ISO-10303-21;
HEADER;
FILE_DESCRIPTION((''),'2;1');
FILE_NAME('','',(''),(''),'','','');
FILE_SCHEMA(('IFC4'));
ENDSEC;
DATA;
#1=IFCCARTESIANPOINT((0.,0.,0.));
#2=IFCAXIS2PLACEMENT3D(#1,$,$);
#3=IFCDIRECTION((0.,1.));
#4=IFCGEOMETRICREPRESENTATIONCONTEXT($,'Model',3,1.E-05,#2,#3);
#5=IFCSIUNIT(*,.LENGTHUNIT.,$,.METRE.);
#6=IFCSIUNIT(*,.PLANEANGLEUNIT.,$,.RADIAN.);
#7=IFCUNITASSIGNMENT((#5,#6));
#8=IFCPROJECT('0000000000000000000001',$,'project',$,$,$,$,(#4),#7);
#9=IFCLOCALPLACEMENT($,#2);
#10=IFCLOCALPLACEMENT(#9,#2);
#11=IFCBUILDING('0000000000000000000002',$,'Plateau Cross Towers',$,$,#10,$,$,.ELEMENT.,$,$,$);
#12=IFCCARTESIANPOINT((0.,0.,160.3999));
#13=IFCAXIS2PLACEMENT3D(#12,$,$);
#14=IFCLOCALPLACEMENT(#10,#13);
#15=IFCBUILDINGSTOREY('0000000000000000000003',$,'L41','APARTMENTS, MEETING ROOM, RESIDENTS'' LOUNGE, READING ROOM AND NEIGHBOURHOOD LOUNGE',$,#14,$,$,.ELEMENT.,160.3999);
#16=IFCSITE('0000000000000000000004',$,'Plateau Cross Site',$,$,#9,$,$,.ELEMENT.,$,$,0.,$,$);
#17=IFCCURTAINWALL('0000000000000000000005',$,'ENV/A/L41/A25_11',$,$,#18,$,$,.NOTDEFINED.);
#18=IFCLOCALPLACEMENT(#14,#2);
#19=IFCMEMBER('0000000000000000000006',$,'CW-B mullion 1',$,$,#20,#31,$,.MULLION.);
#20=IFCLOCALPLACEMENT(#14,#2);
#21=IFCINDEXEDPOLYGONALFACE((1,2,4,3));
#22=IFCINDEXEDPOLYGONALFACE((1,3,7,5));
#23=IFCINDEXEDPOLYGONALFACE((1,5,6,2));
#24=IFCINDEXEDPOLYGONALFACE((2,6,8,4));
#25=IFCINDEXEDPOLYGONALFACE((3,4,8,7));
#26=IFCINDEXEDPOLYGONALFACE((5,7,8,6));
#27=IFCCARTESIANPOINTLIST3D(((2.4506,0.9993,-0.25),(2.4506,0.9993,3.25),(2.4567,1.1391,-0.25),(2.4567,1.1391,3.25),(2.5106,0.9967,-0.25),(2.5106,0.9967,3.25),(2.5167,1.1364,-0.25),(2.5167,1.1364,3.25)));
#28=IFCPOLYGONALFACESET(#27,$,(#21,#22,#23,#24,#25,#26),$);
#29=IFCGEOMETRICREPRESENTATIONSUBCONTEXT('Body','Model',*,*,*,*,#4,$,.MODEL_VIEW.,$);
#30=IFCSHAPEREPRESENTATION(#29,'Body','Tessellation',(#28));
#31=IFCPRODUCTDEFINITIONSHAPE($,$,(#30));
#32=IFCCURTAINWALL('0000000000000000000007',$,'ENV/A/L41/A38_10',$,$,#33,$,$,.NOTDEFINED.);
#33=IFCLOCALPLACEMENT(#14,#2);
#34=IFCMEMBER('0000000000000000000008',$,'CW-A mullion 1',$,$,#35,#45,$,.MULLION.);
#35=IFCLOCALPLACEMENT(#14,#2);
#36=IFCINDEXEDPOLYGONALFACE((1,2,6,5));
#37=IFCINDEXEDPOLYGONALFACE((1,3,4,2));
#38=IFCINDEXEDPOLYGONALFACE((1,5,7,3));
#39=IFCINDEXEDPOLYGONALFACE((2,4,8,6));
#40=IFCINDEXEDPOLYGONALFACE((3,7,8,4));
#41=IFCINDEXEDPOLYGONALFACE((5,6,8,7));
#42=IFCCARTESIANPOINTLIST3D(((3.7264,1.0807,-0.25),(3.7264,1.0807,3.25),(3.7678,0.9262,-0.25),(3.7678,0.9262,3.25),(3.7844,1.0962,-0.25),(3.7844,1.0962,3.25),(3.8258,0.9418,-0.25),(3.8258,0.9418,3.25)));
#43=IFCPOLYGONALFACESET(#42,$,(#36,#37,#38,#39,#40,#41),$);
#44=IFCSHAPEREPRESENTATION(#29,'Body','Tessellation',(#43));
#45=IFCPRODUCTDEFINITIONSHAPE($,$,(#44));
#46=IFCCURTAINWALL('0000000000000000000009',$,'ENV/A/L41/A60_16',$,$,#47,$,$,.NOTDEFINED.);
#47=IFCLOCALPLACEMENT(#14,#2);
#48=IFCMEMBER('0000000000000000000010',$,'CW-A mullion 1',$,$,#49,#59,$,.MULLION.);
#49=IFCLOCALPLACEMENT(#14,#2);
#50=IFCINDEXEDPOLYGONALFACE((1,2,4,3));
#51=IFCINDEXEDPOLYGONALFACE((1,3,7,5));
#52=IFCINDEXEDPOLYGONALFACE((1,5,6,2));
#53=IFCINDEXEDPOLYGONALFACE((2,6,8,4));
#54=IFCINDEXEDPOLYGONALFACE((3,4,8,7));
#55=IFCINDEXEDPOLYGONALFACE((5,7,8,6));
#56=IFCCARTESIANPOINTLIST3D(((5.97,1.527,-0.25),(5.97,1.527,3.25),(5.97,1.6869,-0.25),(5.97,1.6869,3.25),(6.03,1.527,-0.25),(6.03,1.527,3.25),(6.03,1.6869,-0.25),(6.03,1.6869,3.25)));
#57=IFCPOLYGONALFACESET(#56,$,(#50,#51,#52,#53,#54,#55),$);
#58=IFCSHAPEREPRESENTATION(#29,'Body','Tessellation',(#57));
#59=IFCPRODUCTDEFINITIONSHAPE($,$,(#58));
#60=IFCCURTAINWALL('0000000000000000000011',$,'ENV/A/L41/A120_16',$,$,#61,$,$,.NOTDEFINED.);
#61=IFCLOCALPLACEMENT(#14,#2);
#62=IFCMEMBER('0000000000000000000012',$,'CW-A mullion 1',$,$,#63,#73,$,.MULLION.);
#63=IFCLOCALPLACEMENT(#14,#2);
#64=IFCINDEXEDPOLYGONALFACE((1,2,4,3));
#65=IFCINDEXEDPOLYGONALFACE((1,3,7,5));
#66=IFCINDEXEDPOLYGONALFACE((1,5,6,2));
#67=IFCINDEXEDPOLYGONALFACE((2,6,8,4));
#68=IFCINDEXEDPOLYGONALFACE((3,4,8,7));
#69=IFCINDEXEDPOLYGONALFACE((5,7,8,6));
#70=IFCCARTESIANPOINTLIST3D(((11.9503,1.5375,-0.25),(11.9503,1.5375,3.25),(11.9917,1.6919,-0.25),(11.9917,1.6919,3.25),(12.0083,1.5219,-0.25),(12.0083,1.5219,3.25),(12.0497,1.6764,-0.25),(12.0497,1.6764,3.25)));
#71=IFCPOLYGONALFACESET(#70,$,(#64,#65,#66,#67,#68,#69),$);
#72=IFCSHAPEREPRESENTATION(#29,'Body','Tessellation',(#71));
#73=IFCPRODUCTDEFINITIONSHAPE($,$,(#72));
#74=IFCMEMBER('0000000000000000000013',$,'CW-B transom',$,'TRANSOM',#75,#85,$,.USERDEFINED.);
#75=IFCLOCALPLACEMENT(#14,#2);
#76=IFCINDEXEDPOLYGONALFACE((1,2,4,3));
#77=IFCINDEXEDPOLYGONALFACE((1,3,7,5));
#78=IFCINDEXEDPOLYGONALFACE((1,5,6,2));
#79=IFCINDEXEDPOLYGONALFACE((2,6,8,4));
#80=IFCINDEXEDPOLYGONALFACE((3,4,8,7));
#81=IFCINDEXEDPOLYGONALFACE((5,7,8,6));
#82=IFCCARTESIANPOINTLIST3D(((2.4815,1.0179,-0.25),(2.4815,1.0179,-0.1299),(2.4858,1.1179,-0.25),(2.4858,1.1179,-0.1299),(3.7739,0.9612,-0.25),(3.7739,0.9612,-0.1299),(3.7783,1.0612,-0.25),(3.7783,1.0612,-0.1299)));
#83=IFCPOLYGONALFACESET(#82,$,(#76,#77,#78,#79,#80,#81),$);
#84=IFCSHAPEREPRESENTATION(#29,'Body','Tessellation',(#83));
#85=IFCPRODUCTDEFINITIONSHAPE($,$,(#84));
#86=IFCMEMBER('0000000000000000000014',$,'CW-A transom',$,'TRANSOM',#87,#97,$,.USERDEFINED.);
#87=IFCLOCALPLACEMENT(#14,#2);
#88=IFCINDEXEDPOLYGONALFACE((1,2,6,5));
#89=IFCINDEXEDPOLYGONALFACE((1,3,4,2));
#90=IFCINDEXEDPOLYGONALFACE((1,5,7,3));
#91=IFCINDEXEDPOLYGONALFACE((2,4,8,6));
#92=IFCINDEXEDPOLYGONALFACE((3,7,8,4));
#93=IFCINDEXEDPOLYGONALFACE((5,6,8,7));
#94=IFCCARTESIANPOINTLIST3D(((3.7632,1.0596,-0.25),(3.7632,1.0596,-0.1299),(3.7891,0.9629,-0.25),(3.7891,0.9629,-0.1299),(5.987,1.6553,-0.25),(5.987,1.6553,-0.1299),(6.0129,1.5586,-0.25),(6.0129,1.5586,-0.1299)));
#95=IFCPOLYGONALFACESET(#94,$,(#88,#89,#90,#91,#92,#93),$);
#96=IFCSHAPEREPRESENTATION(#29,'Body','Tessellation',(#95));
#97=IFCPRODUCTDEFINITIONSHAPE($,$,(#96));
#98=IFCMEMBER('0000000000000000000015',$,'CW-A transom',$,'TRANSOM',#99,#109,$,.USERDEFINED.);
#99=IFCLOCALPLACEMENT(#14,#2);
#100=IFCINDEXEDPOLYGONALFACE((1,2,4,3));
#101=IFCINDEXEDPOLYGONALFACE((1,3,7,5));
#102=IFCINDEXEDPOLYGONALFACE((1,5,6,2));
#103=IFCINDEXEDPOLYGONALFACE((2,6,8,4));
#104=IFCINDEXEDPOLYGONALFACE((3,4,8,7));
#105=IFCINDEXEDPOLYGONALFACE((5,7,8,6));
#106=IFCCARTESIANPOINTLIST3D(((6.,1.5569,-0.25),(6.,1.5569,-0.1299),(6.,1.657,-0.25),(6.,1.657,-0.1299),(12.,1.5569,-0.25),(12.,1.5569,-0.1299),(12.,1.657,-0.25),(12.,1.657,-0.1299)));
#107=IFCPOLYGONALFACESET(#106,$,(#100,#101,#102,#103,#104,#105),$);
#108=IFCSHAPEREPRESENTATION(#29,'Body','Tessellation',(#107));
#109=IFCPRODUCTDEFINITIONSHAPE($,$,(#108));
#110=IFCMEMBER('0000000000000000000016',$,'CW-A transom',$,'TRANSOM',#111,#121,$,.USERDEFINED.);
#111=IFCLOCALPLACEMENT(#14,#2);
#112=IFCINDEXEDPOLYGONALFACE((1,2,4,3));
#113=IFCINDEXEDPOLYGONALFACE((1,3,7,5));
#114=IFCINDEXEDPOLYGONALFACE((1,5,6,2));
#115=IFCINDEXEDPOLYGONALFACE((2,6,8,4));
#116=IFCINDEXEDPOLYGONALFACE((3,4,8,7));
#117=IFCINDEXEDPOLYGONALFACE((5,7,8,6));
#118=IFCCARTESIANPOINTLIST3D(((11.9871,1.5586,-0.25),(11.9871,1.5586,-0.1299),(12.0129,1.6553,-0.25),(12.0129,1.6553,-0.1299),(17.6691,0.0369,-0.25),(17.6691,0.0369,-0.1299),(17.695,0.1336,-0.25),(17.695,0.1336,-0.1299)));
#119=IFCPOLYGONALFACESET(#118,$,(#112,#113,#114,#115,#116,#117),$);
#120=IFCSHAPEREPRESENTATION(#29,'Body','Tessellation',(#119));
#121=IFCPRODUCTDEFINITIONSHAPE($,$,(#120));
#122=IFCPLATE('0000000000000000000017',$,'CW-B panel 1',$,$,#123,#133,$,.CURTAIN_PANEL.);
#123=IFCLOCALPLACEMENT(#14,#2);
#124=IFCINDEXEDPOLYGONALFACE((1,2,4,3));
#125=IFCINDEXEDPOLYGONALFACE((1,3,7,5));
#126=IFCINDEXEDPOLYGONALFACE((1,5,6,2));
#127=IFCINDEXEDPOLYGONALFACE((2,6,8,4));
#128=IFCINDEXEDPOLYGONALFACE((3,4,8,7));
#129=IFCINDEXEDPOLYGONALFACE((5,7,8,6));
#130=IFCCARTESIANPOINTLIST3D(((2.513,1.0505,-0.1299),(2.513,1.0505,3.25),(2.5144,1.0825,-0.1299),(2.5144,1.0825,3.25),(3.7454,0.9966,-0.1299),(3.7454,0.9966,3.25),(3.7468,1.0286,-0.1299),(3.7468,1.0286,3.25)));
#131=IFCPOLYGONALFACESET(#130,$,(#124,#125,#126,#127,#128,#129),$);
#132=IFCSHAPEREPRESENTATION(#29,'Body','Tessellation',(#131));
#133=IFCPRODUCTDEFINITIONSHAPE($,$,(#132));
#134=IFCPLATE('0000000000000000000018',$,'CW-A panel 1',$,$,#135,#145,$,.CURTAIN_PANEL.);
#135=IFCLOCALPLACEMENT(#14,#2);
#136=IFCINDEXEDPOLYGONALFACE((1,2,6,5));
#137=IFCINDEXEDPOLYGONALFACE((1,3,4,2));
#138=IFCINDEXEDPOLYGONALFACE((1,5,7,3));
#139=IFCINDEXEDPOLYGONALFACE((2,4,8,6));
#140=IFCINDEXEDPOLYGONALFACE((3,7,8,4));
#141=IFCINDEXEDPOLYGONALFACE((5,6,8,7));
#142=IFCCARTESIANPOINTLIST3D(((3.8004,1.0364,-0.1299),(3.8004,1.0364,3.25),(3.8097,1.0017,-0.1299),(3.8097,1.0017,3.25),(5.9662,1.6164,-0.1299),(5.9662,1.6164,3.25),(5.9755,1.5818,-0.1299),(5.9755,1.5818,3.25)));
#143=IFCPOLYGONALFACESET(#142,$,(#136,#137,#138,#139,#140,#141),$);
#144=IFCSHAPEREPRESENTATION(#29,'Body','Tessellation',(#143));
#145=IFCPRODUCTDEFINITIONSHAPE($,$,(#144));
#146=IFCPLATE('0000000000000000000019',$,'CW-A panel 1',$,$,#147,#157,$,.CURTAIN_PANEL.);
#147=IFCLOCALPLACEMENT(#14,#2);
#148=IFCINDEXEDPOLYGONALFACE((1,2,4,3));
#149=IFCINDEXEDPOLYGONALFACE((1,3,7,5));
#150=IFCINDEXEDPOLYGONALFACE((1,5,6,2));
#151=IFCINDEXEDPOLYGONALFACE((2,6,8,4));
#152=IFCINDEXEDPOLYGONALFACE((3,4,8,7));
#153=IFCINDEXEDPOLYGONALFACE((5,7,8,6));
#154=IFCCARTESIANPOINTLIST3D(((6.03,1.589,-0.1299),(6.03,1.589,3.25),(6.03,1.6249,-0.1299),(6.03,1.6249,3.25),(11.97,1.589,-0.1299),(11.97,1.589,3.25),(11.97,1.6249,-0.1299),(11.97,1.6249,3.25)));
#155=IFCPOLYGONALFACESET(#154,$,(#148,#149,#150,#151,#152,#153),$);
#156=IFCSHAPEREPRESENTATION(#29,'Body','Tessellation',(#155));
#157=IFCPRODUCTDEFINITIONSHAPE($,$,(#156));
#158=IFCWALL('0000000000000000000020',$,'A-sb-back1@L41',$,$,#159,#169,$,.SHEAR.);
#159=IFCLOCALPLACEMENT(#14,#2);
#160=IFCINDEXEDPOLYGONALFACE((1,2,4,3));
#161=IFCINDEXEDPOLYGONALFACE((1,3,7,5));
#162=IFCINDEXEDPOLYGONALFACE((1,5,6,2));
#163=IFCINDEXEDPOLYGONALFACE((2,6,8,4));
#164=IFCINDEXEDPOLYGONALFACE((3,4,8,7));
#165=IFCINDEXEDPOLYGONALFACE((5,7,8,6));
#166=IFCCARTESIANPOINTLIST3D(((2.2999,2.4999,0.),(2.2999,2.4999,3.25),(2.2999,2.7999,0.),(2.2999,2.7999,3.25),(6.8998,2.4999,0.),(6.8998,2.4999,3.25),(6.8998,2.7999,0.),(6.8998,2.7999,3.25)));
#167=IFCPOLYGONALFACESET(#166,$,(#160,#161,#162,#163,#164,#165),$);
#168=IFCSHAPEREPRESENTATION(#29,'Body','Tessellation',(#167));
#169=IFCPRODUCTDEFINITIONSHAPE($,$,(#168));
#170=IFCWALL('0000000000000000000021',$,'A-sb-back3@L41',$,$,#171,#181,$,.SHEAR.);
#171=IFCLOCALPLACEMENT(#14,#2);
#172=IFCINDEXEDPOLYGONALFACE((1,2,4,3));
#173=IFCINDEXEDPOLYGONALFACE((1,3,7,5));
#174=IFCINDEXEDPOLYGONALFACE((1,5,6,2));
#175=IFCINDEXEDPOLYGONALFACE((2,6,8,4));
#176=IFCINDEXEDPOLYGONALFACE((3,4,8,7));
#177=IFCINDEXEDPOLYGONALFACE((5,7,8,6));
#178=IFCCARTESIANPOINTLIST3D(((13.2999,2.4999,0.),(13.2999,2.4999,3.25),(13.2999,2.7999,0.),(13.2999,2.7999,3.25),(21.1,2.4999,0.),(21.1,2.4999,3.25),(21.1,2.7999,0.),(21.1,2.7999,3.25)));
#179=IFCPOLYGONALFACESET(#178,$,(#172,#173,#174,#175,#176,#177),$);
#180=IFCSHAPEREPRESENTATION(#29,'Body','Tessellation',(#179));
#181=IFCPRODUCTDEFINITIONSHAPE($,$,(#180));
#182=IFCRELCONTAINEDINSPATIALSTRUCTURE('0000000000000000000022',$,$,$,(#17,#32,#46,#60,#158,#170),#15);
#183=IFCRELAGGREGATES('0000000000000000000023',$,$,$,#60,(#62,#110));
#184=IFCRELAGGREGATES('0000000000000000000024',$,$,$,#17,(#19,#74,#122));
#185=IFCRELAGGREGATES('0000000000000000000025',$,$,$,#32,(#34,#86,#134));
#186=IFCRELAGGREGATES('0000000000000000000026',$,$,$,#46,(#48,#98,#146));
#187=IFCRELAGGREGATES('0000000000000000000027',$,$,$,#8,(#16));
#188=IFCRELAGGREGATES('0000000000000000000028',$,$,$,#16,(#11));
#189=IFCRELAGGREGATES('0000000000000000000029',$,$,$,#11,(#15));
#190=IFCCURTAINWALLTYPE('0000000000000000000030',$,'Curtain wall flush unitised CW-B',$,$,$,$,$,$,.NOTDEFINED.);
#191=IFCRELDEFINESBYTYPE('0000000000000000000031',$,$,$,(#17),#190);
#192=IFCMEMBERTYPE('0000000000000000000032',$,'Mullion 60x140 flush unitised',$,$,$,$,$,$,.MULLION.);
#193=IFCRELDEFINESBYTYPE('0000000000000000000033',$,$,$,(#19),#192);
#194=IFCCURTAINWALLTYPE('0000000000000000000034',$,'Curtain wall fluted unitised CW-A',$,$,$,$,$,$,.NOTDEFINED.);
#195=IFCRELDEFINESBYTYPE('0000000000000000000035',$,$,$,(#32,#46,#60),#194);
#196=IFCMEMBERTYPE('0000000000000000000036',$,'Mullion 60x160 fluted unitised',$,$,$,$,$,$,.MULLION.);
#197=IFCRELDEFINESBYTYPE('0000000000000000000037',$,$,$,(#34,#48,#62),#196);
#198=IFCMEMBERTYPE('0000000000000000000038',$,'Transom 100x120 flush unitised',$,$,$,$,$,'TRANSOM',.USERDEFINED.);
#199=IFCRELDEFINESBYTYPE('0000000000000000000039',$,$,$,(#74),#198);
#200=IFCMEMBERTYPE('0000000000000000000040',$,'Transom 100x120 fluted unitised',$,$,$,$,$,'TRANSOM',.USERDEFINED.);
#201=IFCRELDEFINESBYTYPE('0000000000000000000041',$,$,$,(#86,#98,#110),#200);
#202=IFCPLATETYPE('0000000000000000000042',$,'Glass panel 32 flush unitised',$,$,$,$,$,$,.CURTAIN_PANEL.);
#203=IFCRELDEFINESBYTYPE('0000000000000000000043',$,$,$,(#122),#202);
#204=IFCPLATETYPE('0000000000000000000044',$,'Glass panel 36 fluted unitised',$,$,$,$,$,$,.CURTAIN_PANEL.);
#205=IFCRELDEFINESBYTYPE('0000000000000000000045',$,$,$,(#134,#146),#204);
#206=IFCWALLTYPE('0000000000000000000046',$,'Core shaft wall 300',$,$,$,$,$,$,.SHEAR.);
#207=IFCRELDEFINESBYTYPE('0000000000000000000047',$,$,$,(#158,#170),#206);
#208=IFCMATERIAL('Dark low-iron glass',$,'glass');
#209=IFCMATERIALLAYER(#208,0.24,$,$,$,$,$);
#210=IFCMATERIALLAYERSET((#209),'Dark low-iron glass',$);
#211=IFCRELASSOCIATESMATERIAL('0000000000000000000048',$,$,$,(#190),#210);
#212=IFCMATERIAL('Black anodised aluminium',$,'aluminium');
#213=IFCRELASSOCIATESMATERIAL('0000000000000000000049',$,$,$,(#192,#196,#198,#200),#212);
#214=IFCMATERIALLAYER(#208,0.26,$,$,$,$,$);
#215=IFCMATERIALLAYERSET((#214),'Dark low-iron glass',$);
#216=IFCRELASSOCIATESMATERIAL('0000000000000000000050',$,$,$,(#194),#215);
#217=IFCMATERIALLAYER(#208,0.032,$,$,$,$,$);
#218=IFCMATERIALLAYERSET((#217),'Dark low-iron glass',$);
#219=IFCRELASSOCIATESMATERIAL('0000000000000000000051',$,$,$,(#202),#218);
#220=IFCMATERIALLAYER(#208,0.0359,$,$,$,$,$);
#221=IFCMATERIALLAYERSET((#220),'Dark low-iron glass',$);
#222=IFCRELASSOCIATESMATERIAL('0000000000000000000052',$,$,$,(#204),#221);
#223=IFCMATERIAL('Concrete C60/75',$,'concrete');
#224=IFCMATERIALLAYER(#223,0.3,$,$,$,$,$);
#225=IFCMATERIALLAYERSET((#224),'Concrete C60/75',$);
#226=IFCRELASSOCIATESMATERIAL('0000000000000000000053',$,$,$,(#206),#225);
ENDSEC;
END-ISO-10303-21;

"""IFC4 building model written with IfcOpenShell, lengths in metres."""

from ifc_helpers import new_model, si_unit, direction, frame, frame_2d, origin, origin_2d, place, context, subcontext, project, spatial, rectangle, extrude, material, layer, layer_set, material_profile, profile_set, type_object, element, aggregate, save


model = new_model("IFC4")

# Units and contexts
model_context = context("Model", 3, precision=1e-05, world=origin(), true_north=direction((0.0, 1.0)))
body_context = subcontext(model_context, "Body", "Model", "MODEL_VIEW")
ifc_project = project(units=[si_unit("LENGTHUNIT", "METRE"), si_unit("PLANEANGLEUNIT", "RADIAN")], contexts=[model_context])

# Site, building, storey
site_placement = place(None, origin())
site = spatial("IfcSite", under=ifc_project, at=site_placement, Name="Plateau Cross Site", CompositionType="ELEMENT", RefElevation=0.0)
building_placement = place(site_placement, origin())
building = spatial("IfcBuilding", under=site, at=building_placement, Name="Plateau Cross Towers", CompositionType="ELEMENT")
storey_placement = place(building_placement, frame((0.0, 0.0, 160.3999)))
storey = spatial("IfcBuildingStorey", under=building, at=storey_placement, Name="L41", Description="APARTMENTS, MEETING ROOM, RESIDENTS' LOUNGE, READING ROOM AND NEIGHBOURHOOD LOUNGE", CompositionType="ELEMENT", Elevation=160.3999)

# Curtain walls, members
ifc_material_1 = material(Name="Dark low-iron glass", Category="glass")
ifc_layer_1 = layer(ifc_material_1, 0.24)
ifc_layer_set_1 = layer_set([ifc_layer_1], Name="Dark low-iron glass")
curtain_wall_type_1 = type_object("IfcCurtainWallType", Name="Curtain wall flush unitised CW-B", PredefinedType="NOTDEFINED", material=ifc_layer_set_1)
curtain_wall_1_placement = place(storey_placement, origin())
curtain_wall_1 = element("IfcCurtainWall", 1, at=curtain_wall_1_placement, inside=storey, type_object=curtain_wall_type_1, Name="ENV/A/L41/A25_11", PredefinedType="NOTDEFINED")
ifc_material_2 = material(Name="Black anodised aluminium", Category="aluminium")
ifc_material_profile_1 = material_profile(ifc_material_2, rectangle(XDim=0.0601, YDim=0.1399, at=origin_2d()), Name="MULLION 60x140")
ifc_profile_set_1 = profile_set([ifc_material_profile_1], Name="Black anodised aluminium")
member_type_1 = type_object("IfcMemberType", Name="Mullion 60x140 flush unitised", PredefinedType="MULLION", material=ifc_profile_set_1)
member_1_placement = place(storey_placement, frame((2.4836, 1.0679, -0.25), z_axis=(0.0, 0.0, 1.0), x_axis=(0.999044, -0.043723, 0.0)))
member_1 = element("IfcMember", 2, at=member_1_placement, type_object=member_type_1, Name="CW-B mullion 1", PredefinedType="MULLION", context=body_context, shape_type="SweptSolid", body=[
    extrude(rectangle(XDim=0.0601, YDim=0.1399, at=origin_2d()), origin(), (0.0, 0.0, 1.0), 3.5),
])
ifc_layer_2 = layer(ifc_material_1, 0.26)
ifc_layer_set_2 = layer_set([ifc_layer_2], Name="Dark low-iron glass")
curtain_wall_type_2 = type_object("IfcCurtainWallType", Name="Curtain wall fluted unitised CW-A", PredefinedType="NOTDEFINED", material=ifc_layer_set_2)
curtain_wall_2_placement = place(storey_placement, origin())
curtain_wall_2 = element("IfcCurtainWall", 3, at=curtain_wall_2_placement, inside=storey, type_object=curtain_wall_type_2, Name="ENV/A/L41/A38_10", PredefinedType="NOTDEFINED")
ifc_material_profile_2 = material_profile(ifc_material_2, rectangle(XDim=0.0601, YDim=0.1599, at=origin_2d()), Name="MULLION 60x160")
ifc_profile_set_2 = profile_set([ifc_material_profile_2], Name="Black anodised aluminium")
member_type_2 = type_object("IfcMemberType", Name="Mullion 60x160 fluted unitised", PredefinedType="MULLION", material=ifc_profile_set_2)
member_2_placement = place(storey_placement, frame((3.7761, 1.0112, -0.25), z_axis=(0.0, 0.0, 1.0), x_axis=(0.965958, 0.258699, 0.0)))
member_2 = element("IfcMember", 4, at=member_2_placement, type_object=member_type_2, Name="CW-A mullion 1", PredefinedType="MULLION", context=body_context, shape_type="SweptSolid", body=[
    extrude(rectangle(XDim=0.0601, YDim=0.1599, at=origin_2d()), origin(), (0.0, 0.0, 1.0), 3.5),
])
curtain_wall_3_placement = place(storey_placement, origin())
curtain_wall_3 = element("IfcCurtainWall", 5, at=curtain_wall_3_placement, inside=storey, type_object=curtain_wall_type_2, Name="ENV/A/L41/A60_16", PredefinedType="NOTDEFINED")
member_3_placement = place(storey_placement, frame((6.0, 1.6069, -0.25), z_axis=(0.0, 0.0, 1.0), x_axis=(1.0, 0.0, 0.0)))
member_3 = element("IfcMember", 6, at=member_3_placement, type_object=member_type_2, Name="CW-A mullion 1", PredefinedType="MULLION", context=body_context, shape_type="SweptSolid", body=[
    extrude(rectangle(XDim=0.0601, YDim=0.1599, at=origin_2d()), origin(), (0.0, 0.0, 1.0), 3.5),
])
curtain_wall_4_placement = place(storey_placement, origin())
curtain_wall_4 = element("IfcCurtainWall", 7, at=curtain_wall_4_placement, inside=storey, type_object=curtain_wall_type_2, Name="ENV/A/L41/A120_16", PredefinedType="NOTDEFINED")
member_4_placement = place(storey_placement, frame((12.0, 1.6069, -0.25), z_axis=(0.0, 0.0, 1.0), x_axis=(0.965958, -0.258699, 0.0)))
member_4 = element("IfcMember", 8, at=member_4_placement, type_object=member_type_2, Name="CW-A mullion 1", PredefinedType="MULLION", context=body_context, shape_type="SweptSolid", body=[
    extrude(rectangle(XDim=0.0601, YDim=0.1599, at=origin_2d()), origin(), (0.0, 0.0, 1.0), 3.5),
])

# Members
ifc_material_profile_3 = material_profile(ifc_material_2, rectangle(XDim=0.1001, YDim=0.1201, at=origin_2d()), Name="TRANSOM 100x120")
ifc_profile_set_3 = profile_set([ifc_material_profile_3], Name="Black anodised aluminium")
member_type_3 = type_object("IfcMemberType", Name="Transom 100x120 flush unitised", ElementType="TRANSOM", PredefinedType="USERDEFINED", material=ifc_profile_set_3)
member_5_placement = place(storey_placement, frame((2.4836, 1.0679, -0.1899), z_axis=(0.999041, -0.043781, 0.0), x_axis=(0.043781, 0.999041, 0.0)))
member_5 = element("IfcMember", 9, at=member_5_placement, type_object=member_type_3, Name="CW-B transom", ObjectType="TRANSOM", PredefinedType="USERDEFINED", context=body_context, shape_type="SweptSolid", body=[
    extrude(rectangle(XDim=0.1001, YDim=0.1201, at=origin_2d()), origin(), (0.0, 0.0, 1.0), 1.2937),
])
ifc_material_profile_4 = material_profile(ifc_material_2, rectangle(XDim=0.1001, YDim=0.1201, at=origin_2d()), Name="TRANSOM 100x120")
ifc_profile_set_4 = profile_set([ifc_material_profile_4], Name="Black anodised aluminium")
member_type_4 = type_object("IfcMemberType", Name="Transom 100x120 fluted unitised", ElementType="TRANSOM", PredefinedType="USERDEFINED", material=ifc_profile_set_4)
member_6_placement = place(storey_placement, frame((3.7761, 1.0112, -0.1899), z_axis=(0.965946, 0.258745, 0.0), x_axis=(-0.258745, 0.965946, 0.0)))
member_6 = element("IfcMember", 10, at=member_6_placement, type_object=member_type_4, Name="CW-A transom", ObjectType="TRANSOM", PredefinedType="USERDEFINED", context=body_context, shape_type="SweptSolid", body=[
    extrude(rectangle(XDim=0.1001, YDim=0.1201, at=origin_2d()), origin(), (0.0, 0.0, 1.0), 2.3022),
])
member_7_placement = place(storey_placement, frame((6.0, 1.6069, -0.1899), z_axis=(1.0, 0.0, 0.0), x_axis=(0.0, 1.0, 0.0)))
member_7 = element("IfcMember", 11, at=member_7_placement, type_object=member_type_4, Name="CW-A transom", ObjectType="TRANSOM", PredefinedType="USERDEFINED", context=body_context, shape_type="SweptSolid", body=[
    extrude(rectangle(XDim=0.1001, YDim=0.1201, at=origin_2d()), origin(), (0.0, 0.0, 1.0), 6.0),
])
member_8_placement = place(storey_placement, frame((12.0, 1.6069, -0.1899), z_axis=(0.96596, -0.258693, 0.0), x_axis=(0.258693, 0.96596, 0.0)))
member_8 = element("IfcMember", 12, at=member_8_placement, type_object=member_type_4, Name="CW-A transom", ObjectType="TRANSOM", PredefinedType="USERDEFINED", context=body_context, shape_type="SweptSolid", body=[
    extrude(rectangle(XDim=0.1001, YDim=0.1201, at=origin_2d()), origin(), (0.0, 0.0, 1.0), 5.8823),
])
aggregate(curtain_wall_4, [member_4, member_8])

# Plates
ifc_layer_3 = layer(ifc_material_1, 0.032)
ifc_layer_set_3 = layer_set([ifc_layer_3], Name="Dark low-iron glass")
plate_type_1 = type_object("IfcPlateType", Name="Glass panel 32 flush unitised", PredefinedType="CURTAIN_PANEL", material=ifc_layer_set_3)
plate_1_placement = place(storey_placement, frame((3.1299, 1.0396, -0.1299), z_axis=(0.0, 0.0, 1.0), x_axis=(0.999044, -0.043723, 0.0)))
plate_1 = element("IfcPlate", 13, at=plate_1_placement, type_object=plate_type_1, Name="CW-B panel 1", PredefinedType="CURTAIN_PANEL", context=body_context, shape_type="SweptSolid", body=[
    extrude(rectangle(XDim=1.2336, YDim=0.032, at=origin_2d()), origin(), (0.0, 0.0, 1.0), 3.3799),
])
aggregate(curtain_wall_1, [member_1, member_5, plate_1])
ifc_layer_4 = layer(ifc_material_1, 0.0359)
ifc_layer_set_4 = layer_set([ifc_layer_4], Name="Dark low-iron glass")
plate_type_2 = type_object("IfcPlateType", Name="Glass panel 36 fluted unitised", PredefinedType="CURTAIN_PANEL", material=ifc_layer_set_4)
plate_2_placement = place(storey_placement, frame((4.8879, 1.3091, -0.1299), z_axis=(0.0, 0.0, 1.0), x_axis=(0.965958, 0.258699, 0.0)))
plate_2 = element("IfcPlate", 14, at=plate_2_placement, type_object=plate_type_2, Name="CW-A panel 1", PredefinedType="CURTAIN_PANEL", context=body_context, shape_type="SweptSolid", body=[
    extrude(rectangle(XDim=2.2422, YDim=0.0359, at=origin_2d()), origin(), (0.0, 0.0, 1.0), 3.3799),
])
aggregate(curtain_wall_2, [member_2, member_6, plate_2])
plate_3_placement = place(storey_placement, frame((9.0, 1.6069, -0.1299), z_axis=(0.0, 0.0, 1.0), x_axis=(1.0, 0.0, 0.0)))
plate_3 = element("IfcPlate", 15, at=plate_3_placement, type_object=plate_type_2, Name="CW-A panel 1", PredefinedType="CURTAIN_PANEL", context=body_context, shape_type="SweptSolid", body=[
    extrude(rectangle(XDim=5.9399, YDim=0.0359, at=origin_2d()), origin(), (0.0, 0.0, 1.0), 3.3799),
])
aggregate(curtain_wall_3, [member_3, member_7, plate_3])

# Walls
ifc_material_3 = material(Name="Concrete C60/75", Category="concrete")
ifc_layer_5 = layer(ifc_material_3, 0.3)
ifc_layer_set_5 = layer_set([ifc_layer_5], Name="Concrete C60/75")
wall_type_1 = type_object("IfcWallType", Name="Core shaft wall 300", PredefinedType="SHEAR", material=ifc_layer_set_5)
wall_1_placement = place(storey_placement, frame((2.3, 2.6499, 0.0), z_axis=(0.0, 0.0, 1.0), x_axis=(1.0, 0.0, 0.0)))
element("IfcWall", 16, at=wall_1_placement, inside=storey, type_object=wall_type_1, Name="A-sb-back1@L41", PredefinedType="SHEAR", context=body_context, shape_type="SweptSolid", body=[
    extrude(rectangle(XDim=4.5999, YDim=0.3, at=frame_2d((2.2998, 0.0))), origin(), (0.0, 0.0, 1.0), 3.25),
])
wall_2_placement = place(storey_placement, frame((13.3, 2.6499, 0.0), z_axis=(0.0, 0.0, 1.0), x_axis=(1.0, 0.0, 0.0)))
element("IfcWall", 17, at=wall_2_placement, inside=storey, type_object=wall_type_1, Name="A-sb-back3@L41", PredefinedType="SHEAR", context=body_context, shape_type="SweptSolid", body=[
    extrude(rectangle(XDim=7.8, YDim=0.3, at=frame_2d((3.8999, 0.0))), origin(), (0.0, 0.0, 1.0), 3.25),
])

save(model, "model.ifc")
